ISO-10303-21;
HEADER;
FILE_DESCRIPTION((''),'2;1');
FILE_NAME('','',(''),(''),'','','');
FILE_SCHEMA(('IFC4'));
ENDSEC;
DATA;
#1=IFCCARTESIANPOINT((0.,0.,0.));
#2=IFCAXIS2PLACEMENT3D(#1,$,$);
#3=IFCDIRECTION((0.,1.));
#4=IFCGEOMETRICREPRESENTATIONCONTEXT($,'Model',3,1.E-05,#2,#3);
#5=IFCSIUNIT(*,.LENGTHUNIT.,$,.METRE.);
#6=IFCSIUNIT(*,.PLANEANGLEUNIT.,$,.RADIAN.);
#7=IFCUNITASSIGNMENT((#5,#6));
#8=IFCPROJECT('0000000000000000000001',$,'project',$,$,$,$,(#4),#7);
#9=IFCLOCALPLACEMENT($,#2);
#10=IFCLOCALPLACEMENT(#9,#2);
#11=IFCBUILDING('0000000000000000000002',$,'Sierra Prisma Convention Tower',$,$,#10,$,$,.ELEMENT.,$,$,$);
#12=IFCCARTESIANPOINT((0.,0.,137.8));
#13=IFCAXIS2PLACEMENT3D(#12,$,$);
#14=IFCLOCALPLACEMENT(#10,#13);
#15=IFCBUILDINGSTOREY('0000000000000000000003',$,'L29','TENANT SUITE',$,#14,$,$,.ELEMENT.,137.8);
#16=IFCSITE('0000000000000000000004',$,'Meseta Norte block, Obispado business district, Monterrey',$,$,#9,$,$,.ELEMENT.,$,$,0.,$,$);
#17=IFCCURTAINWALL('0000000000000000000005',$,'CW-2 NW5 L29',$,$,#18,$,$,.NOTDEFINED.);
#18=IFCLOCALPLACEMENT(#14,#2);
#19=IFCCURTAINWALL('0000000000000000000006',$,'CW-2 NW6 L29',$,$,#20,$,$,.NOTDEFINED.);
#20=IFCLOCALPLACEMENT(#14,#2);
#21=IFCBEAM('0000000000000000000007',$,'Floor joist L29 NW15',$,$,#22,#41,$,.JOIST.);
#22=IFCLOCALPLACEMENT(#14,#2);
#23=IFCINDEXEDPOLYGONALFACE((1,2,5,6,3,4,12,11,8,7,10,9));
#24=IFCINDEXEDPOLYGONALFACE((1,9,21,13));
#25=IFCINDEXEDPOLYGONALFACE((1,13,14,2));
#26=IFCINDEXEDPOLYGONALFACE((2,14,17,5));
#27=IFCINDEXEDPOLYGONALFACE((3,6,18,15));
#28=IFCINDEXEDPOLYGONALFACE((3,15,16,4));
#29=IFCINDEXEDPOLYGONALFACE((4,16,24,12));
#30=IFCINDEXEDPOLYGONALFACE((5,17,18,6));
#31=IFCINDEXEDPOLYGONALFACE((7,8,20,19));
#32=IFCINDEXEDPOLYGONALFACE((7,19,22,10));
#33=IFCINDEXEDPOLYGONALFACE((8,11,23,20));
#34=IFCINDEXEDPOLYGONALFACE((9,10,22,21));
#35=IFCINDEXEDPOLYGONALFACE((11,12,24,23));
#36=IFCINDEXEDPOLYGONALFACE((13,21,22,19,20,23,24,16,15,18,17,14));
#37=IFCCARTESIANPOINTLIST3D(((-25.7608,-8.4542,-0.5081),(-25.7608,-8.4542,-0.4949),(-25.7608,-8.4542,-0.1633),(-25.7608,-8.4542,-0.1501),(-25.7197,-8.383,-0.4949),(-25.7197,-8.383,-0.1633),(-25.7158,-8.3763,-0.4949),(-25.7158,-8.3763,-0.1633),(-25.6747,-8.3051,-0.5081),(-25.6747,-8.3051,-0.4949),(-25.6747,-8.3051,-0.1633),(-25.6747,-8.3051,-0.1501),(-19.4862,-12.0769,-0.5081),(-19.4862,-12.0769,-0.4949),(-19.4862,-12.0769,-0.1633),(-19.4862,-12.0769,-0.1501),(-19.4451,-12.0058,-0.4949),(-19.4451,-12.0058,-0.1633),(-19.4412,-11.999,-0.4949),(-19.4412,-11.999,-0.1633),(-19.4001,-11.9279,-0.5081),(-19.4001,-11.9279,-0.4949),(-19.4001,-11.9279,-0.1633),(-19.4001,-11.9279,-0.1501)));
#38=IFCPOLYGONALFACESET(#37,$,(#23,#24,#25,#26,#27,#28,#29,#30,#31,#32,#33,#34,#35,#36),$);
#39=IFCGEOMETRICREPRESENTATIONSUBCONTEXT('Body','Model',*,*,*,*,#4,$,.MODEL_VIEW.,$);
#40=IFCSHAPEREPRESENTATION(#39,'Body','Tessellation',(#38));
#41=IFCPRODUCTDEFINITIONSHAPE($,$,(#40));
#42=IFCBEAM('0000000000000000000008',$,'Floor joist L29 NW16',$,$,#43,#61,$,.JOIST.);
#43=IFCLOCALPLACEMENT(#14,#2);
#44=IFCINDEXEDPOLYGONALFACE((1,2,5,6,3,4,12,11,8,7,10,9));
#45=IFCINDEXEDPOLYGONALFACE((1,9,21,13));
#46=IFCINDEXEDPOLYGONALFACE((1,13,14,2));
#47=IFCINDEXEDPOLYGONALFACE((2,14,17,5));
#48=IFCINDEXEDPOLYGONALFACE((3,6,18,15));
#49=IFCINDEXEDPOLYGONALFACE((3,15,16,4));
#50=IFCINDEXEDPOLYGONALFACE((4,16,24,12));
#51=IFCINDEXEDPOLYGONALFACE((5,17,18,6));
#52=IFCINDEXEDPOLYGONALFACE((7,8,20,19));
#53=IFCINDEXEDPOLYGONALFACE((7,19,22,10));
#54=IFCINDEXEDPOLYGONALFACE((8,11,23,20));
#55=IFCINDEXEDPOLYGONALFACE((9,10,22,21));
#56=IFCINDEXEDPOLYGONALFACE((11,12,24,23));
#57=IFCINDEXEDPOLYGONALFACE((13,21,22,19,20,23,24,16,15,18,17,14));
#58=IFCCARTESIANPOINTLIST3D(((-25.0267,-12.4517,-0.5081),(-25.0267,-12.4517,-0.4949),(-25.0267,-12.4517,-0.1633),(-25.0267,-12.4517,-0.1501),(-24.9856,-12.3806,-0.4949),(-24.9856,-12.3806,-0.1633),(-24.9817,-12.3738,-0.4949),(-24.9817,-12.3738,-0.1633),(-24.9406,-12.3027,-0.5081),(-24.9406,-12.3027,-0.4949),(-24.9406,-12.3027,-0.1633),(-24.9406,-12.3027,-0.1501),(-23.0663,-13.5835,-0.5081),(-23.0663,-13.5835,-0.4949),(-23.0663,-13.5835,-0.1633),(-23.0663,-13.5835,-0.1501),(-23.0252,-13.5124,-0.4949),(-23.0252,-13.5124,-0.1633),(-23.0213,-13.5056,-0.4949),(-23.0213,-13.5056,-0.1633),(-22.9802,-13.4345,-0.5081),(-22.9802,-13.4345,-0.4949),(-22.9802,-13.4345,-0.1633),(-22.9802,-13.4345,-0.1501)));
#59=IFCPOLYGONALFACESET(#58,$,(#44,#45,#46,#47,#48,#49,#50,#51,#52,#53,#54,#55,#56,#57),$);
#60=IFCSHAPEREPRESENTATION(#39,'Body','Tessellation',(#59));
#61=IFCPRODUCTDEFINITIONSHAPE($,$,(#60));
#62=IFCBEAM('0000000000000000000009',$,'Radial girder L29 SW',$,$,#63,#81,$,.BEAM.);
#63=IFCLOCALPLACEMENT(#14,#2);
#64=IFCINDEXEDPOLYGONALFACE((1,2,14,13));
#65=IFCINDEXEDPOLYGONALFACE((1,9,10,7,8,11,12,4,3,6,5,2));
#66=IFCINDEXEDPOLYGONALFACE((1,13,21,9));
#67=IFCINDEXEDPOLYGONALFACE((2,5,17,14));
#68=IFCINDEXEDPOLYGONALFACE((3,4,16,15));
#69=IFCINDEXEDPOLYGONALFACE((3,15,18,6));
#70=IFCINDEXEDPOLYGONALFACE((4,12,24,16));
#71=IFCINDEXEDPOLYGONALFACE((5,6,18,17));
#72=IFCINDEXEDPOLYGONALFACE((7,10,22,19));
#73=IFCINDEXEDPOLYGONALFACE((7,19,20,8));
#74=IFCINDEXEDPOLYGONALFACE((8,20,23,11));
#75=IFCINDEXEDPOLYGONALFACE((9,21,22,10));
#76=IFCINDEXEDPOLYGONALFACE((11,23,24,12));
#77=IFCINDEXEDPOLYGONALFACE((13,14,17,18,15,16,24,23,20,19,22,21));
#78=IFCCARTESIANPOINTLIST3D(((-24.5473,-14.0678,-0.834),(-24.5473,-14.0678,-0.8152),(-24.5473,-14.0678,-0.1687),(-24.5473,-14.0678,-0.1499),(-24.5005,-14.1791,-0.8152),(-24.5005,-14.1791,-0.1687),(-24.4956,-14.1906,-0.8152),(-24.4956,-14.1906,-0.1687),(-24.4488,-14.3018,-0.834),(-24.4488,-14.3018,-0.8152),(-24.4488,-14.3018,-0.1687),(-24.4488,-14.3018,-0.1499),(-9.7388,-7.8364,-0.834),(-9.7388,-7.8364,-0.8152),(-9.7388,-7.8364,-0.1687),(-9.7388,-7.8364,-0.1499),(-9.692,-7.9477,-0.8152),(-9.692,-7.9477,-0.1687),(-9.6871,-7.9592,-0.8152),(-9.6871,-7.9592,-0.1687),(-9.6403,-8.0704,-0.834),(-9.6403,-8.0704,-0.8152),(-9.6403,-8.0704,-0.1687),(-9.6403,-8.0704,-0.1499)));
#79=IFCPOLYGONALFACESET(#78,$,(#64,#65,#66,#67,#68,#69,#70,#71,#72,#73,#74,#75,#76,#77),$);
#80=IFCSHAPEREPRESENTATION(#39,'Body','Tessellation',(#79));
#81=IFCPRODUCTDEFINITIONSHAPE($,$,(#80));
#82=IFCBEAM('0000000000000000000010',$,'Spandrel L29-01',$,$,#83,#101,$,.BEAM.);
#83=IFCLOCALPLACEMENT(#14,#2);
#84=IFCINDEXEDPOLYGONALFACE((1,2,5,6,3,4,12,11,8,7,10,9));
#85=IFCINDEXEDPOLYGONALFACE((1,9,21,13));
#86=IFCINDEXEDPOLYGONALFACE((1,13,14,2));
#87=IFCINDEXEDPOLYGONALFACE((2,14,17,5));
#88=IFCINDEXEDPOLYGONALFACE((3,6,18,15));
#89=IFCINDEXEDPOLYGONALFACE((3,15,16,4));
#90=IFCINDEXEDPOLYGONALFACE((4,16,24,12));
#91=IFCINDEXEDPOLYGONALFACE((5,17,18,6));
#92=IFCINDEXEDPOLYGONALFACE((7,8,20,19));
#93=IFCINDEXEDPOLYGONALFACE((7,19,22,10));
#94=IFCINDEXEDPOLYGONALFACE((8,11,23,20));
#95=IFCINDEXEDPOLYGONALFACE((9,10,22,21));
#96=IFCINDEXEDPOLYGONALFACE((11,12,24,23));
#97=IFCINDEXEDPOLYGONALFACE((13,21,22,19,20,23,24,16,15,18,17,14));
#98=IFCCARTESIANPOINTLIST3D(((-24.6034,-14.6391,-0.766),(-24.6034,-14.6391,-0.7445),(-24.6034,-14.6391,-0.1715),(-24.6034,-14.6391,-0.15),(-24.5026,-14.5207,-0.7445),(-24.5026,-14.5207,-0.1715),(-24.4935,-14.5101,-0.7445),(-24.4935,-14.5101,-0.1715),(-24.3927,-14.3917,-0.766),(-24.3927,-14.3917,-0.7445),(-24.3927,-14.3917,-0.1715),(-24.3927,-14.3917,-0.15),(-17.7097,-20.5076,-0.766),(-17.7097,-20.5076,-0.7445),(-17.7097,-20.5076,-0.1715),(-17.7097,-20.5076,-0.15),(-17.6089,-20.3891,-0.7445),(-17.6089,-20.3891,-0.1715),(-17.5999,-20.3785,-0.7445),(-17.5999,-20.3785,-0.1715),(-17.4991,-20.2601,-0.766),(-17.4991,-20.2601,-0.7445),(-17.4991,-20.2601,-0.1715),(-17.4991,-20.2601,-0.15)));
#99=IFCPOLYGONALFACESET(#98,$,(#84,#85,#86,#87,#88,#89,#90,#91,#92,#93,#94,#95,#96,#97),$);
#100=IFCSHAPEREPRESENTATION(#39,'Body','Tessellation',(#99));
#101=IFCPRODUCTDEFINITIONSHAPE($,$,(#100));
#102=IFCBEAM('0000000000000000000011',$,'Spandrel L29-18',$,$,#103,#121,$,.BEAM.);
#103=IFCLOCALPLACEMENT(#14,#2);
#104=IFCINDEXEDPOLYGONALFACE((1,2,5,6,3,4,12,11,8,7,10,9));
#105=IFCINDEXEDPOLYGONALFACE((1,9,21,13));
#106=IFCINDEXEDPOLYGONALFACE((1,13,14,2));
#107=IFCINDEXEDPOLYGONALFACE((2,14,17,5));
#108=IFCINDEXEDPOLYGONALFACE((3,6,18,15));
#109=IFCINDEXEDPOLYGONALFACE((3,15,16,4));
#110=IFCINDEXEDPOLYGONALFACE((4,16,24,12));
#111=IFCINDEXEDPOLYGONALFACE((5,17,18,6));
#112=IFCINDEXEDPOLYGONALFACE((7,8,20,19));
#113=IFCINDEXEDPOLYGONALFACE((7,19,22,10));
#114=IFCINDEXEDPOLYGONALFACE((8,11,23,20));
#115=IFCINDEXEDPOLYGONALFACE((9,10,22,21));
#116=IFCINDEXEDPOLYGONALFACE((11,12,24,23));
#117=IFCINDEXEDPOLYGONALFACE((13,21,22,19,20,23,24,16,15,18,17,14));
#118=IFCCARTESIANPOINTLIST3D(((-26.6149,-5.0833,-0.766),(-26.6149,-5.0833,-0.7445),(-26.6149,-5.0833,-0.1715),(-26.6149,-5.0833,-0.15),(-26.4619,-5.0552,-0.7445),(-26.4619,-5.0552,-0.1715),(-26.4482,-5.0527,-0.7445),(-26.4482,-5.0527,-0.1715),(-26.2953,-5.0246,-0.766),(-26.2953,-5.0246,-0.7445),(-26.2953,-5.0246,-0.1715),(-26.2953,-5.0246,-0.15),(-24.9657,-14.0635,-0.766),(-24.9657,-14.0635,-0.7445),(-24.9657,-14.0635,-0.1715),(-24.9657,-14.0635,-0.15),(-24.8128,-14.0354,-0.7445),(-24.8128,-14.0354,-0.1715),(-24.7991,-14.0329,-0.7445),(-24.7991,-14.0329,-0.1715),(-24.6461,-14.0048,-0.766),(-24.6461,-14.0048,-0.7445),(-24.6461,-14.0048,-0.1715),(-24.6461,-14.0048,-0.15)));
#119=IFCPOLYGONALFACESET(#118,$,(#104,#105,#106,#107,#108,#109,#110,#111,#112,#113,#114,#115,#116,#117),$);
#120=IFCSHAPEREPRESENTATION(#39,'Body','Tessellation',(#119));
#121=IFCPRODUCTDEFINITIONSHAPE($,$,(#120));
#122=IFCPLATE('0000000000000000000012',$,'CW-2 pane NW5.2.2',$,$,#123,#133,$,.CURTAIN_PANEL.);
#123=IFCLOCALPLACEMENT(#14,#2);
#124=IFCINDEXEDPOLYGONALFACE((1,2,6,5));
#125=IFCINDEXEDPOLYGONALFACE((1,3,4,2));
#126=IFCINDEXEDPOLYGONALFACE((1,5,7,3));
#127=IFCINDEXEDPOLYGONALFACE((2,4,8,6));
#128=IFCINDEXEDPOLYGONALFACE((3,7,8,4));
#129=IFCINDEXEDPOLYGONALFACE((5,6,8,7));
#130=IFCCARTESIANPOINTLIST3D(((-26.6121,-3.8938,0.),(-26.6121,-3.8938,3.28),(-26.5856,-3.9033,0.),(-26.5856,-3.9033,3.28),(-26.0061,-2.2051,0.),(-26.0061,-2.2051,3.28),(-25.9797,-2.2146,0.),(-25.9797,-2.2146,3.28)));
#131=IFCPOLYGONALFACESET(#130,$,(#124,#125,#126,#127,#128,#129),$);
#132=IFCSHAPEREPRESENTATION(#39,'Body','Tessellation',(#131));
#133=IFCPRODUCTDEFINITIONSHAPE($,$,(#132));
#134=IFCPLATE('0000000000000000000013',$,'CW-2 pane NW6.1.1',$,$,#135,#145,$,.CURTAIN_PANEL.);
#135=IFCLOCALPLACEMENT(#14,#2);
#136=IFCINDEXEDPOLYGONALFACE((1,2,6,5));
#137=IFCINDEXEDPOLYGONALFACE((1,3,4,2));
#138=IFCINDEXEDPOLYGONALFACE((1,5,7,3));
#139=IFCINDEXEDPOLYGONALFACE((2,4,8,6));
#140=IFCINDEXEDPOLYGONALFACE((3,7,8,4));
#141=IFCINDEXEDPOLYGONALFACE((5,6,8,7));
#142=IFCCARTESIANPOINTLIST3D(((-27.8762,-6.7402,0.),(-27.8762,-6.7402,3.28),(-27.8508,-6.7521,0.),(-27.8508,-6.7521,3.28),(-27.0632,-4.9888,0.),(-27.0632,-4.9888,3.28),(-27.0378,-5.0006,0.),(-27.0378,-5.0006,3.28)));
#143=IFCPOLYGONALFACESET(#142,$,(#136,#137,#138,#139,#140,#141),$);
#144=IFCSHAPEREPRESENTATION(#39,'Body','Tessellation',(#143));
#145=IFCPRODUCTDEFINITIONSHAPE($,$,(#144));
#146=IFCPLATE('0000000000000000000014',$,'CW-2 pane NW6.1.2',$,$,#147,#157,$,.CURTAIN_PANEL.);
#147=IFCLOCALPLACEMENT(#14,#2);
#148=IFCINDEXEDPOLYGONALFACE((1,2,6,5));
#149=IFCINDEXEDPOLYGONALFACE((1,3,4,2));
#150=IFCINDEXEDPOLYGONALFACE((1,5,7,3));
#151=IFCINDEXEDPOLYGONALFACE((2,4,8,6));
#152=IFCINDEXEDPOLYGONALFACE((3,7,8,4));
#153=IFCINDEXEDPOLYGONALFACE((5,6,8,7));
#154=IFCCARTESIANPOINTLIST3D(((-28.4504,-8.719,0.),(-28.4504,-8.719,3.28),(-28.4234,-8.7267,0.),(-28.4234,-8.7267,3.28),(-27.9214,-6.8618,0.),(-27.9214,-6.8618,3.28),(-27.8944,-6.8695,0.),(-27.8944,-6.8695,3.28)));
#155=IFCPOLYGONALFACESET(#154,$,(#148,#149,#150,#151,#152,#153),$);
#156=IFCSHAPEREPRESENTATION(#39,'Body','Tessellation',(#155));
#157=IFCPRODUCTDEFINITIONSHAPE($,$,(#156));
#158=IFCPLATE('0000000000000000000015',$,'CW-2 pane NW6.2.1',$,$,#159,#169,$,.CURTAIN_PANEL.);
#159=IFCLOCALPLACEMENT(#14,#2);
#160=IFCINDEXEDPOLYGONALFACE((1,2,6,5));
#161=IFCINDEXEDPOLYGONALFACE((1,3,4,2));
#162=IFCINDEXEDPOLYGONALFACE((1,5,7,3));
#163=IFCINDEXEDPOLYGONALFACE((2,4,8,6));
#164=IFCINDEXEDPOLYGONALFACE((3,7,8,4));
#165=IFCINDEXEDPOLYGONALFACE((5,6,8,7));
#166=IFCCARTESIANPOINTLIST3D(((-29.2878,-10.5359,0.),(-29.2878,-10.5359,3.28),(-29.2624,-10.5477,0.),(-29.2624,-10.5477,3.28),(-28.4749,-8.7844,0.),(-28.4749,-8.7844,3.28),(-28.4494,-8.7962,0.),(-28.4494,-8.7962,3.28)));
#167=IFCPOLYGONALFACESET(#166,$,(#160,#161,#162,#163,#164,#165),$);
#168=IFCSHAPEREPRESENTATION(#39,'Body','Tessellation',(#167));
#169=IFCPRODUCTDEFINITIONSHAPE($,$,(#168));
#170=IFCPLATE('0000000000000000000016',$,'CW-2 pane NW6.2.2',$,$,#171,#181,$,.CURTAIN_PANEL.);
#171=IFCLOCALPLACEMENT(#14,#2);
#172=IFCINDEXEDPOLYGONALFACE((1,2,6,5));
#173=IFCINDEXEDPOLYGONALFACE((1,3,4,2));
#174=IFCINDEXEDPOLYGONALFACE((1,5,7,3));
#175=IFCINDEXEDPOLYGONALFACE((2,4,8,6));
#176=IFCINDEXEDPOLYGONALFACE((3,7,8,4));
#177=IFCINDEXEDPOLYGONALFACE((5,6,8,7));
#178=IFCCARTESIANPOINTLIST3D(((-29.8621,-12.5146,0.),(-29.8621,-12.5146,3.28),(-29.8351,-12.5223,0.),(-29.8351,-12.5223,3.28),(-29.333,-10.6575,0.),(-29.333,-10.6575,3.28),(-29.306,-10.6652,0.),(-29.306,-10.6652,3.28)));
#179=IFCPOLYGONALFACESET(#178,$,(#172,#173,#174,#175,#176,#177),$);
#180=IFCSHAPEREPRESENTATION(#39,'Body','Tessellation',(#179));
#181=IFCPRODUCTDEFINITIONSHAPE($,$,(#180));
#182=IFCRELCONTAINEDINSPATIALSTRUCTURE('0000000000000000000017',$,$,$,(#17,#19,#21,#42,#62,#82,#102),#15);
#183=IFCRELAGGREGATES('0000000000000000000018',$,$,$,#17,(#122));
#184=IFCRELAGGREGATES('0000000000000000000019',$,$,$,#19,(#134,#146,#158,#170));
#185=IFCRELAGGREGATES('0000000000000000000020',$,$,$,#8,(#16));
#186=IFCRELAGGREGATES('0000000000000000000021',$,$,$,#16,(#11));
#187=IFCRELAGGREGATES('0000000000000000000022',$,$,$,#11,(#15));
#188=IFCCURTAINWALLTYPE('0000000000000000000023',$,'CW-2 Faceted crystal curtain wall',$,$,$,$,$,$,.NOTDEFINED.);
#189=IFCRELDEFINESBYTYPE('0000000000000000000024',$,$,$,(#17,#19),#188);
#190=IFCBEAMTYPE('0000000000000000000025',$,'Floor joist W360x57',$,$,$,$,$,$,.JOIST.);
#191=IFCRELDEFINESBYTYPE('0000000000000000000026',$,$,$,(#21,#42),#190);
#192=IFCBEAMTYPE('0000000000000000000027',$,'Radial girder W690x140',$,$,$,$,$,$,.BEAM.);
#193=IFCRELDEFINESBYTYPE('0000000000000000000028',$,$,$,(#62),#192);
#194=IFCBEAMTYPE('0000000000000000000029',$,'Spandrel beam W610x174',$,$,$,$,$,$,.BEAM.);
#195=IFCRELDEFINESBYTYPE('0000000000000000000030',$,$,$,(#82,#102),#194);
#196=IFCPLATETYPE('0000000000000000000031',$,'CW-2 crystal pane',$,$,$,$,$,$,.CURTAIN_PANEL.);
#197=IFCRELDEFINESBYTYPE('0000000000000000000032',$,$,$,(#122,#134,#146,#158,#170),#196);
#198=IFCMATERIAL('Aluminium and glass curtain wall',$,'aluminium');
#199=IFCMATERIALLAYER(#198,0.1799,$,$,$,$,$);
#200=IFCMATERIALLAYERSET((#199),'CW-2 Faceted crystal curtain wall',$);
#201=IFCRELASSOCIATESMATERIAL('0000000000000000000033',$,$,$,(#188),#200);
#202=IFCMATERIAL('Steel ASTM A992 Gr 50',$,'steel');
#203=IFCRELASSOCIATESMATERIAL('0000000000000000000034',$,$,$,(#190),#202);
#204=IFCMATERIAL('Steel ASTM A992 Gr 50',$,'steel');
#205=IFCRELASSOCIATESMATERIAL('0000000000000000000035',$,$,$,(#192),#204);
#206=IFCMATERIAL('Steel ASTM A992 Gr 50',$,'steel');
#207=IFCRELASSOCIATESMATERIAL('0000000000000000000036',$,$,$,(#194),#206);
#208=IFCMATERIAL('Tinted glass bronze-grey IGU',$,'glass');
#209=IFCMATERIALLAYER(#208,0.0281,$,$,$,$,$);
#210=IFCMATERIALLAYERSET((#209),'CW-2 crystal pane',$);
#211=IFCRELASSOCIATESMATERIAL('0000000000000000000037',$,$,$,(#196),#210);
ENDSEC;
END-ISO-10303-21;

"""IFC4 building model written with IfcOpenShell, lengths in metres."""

from ifc_helpers import new_model, si_unit, direction, frame, origin, origin_2d, place, context, subcontext, project, spatial, polyline, i_section, outline, extrude, material, layer, layer_set, material_profile, profile_set, type_object, element, aggregate, save


model = new_model("IFC4")

# Units and contexts
model_context = context("Model", 3, precision=1e-05, world=origin(), true_north=direction((0.0, 1.0)))
body_context = subcontext(model_context, "Body", "Model", "MODEL_VIEW")
ifc_project = project(units=[si_unit("LENGTHUNIT", "METRE"), si_unit("PLANEANGLEUNIT", "RADIAN")], contexts=[model_context])

# Site, building, storey
site_placement = place(None, origin())
site = spatial("IfcSite", under=ifc_project, at=site_placement, Name="Meseta Norte block, Obispado business district, Monterrey", CompositionType="ELEMENT", RefElevation=0.0)
building_placement = place(site_placement, origin())
building = spatial("IfcBuilding", under=site, at=building_placement, Name="Sierra Prisma Convention Tower", CompositionType="ELEMENT")
storey_placement = place(building_placement, frame((0.0, 0.0, 137.8)))
storey = spatial("IfcBuildingStorey", under=building, at=storey_placement, Name="L29", Description="TENANT SUITE", CompositionType="ELEMENT", Elevation=137.8)

# Curtain wall
ifc_material_1 = material(Name="Aluminium and glass curtain wall", Category="aluminium")
ifc_layer_1 = layer(ifc_material_1, 0.1799)
ifc_layer_set_1 = layer_set([ifc_layer_1], Name="CW-2 Faceted crystal curtain wall")
curtain_wall_type = type_object("IfcCurtainWallType", Name="CW-2 Faceted crystal curtain wall", PredefinedType="NOTDEFINED", material=ifc_layer_set_1)
curtain_wall_1_placement = place(storey_placement, origin())
curtain_wall_1 = element("IfcCurtainWall", 1, at=curtain_wall_1_placement, inside=storey, type_object=curtain_wall_type, Name="CW-2 NW5 L29", PredefinedType="NOTDEFINED")

# Curtain wall
curtain_wall_2_placement = place(storey_placement, origin())
curtain_wall_2 = element("IfcCurtainWall", 2, at=curtain_wall_2_placement, inside=storey, type_object=curtain_wall_type, Name="CW-2 NW6 L29", PredefinedType="NOTDEFINED")

# Beams
ifc_material_2 = material(Name="Steel ASTM A992 Gr 50", Category="steel")
ifc_material_profile_1 = material_profile(ifc_material_2, i_section(OverallWidth=0.1721, OverallDepth=0.3579, WebThickness=0.0078, FlangeThickness=0.0132, at=origin_2d()), Name="W360x57")
ifc_profile_set_1 = profile_set([ifc_material_profile_1], Name="Steel ASTM A992 Gr 50")
beam_type_1 = type_object("IfcBeamType", Name="Floor joist W360x57", PredefinedType="JOIST", material=ifc_profile_set_1)
beam_1_placement = place(storey_placement, frame((-25.7178, -8.3796, -0.3291), z_axis=(0.866018, -0.500013, 0.0), x_axis=(0.500013, 0.866018, 0.0)))
element("IfcBeam", 3, at=beam_1_placement, inside=storey, type_object=beam_type_1, Name="Floor joist L29 NW15", PredefinedType="JOIST", context=body_context, shape_type="SweptSolid", body=[
    extrude(i_section(OverallWidth=0.1721, OverallDepth=0.3579, WebThickness=0.0078, FlangeThickness=0.0132, at=origin_2d()), origin(), (0.0, 0.0, 1.0), 7.2454),
])
beam_2_placement = place(storey_placement, frame((-24.9836, -12.3772, -0.3291), z_axis=(0.866031, -0.49999, 0.0), x_axis=(0.49999, 0.866031, 0.0)))
element("IfcBeam", 4, at=beam_2_placement, inside=storey, type_object=beam_type_1, Name="Floor joist L29 NW16", PredefinedType="JOIST", context=body_context, shape_type="SweptSolid", body=[
    extrude(i_section(OverallWidth=0.1721, OverallDepth=0.3579, WebThickness=0.0078, FlangeThickness=0.0132, at=origin_2d()), origin(), (0.0, 0.0, 1.0), 2.2637),
])
ifc_material_3 = material(Name="Steel ASTM A992 Gr 50", Category="steel")
ifc_material_profile_2 = material_profile(ifc_material_3, i_section(OverallWidth=0.2539, OverallDepth=0.6841, WebThickness=0.0125, FlangeThickness=0.0188, at=origin_2d()), Name="W690x140")
ifc_profile_set_2 = profile_set([ifc_material_profile_2], Name="Steel ASTM A992 Gr 50")
beam_type_2 = type_object("IfcBeamType", Name="Radial girder W690x140", PredefinedType="BEAM", material=ifc_profile_set_2)
beam_3_placement = place(storey_placement, frame((-24.498, -14.1848, -0.4919), z_axis=(0.921719, 0.387859, 0.0), x_axis=(-0.387859, 0.921719, 0.0)))
element("IfcBeam", 5, at=beam_3_placement, inside=storey, type_object=beam_type_2, Name="Radial girder L29 SW", PredefinedType="BEAM", context=body_context, shape_type="SweptSolid", body=[
    extrude(i_section(OverallWidth=0.2539, OverallDepth=0.6841, WebThickness=0.0125, FlangeThickness=0.0188, at=origin_2d()), origin(), (0.0, 0.0, 1.0), 16.0662),
])
ifc_material_4 = material(Name="Steel ASTM A992 Gr 50", Category="steel")
ifc_material_profile_3 = material_profile(ifc_material_4, i_section(OverallWidth=0.325, OverallDepth=0.616, WebThickness=0.0139, FlangeThickness=0.0215, at=origin_2d()), Name="W610x174")
ifc_profile_set_3 = profile_set([ifc_material_profile_3], Name="Steel ASTM A992 Gr 50")
beam_type_3 = type_object("IfcBeamType", Name="Spandrel beam W610x174", PredefinedType="BEAM", material=ifc_profile_set_3)
beam_4_placement = place(storey_placement, frame((-24.498, -14.5154, -0.458), z_axis=(0.761455, -0.648218, 0.0), x_axis=(0.648218, 0.761455, 0.0)))
element("IfcBeam", 6, at=beam_4_placement, inside=storey, type_object=beam_type_3, Name="Spandrel L29-01", PredefinedType="BEAM", context=body_context, shape_type="SweptSolid", body=[
    extrude(i_section(OverallWidth=0.325, OverallDepth=0.616, WebThickness=0.0139, FlangeThickness=0.0215, at=origin_2d()), origin(), (0.0, 0.0, 1.0), 9.0532),
])
beam_5_placement = place(storey_placement, frame((-26.4551, -5.054, -0.458), z_axis=(0.180624, -0.983552, 0.0), x_axis=(0.983552, 0.180624, 0.0)))
element("IfcBeam", 7, at=beam_5_placement, inside=storey, type_object=beam_type_3, Name="Spandrel L29-18", PredefinedType="BEAM", context=body_context, shape_type="SweptSolid", body=[
    extrude(i_section(OverallWidth=0.325, OverallDepth=0.616, WebThickness=0.0139, FlangeThickness=0.0215, at=origin_2d()), origin(), (0.0, 0.0, 1.0), 9.1304),
])

# Plates
ifc_material_5 = material(Name="Tinted glass bronze-grey IGU", Category="glass")
ifc_layer_2 = layer(ifc_material_5, 0.0281)
ifc_layer_set_2 = layer_set([ifc_layer_2], Name="CW-2 crystal pane")
plate_type = type_object("IfcPlateType", Name="CW-2 crystal pane", PredefinedType="CURTAIN_PANEL", material=ifc_layer_set_2)
plate_1_placement = place(storey_placement, frame((-26.6121, -3.8938, 0.0), z_axis=(-0.941239, 0.337741, 0.0), x_axis=(0.337741, 0.941239, 0.0)))
plate_1 = element("IfcPlate", 8, at=plate_1_placement, type_object=plate_type, Name="CW-2 pane NW5.2.2", PredefinedType="CURTAIN_PANEL", context=body_context, shape_type="SweptSolid", body=[
    extrude(outline(polyline([(0.0, 0.0), (1.7941, 0.0), (1.7941, -3.28), (0.0, -3.28), (0.0, 0.0)])), origin(), (0.0, 0.0, -1.0), 0.0281),
])
aggregate(curtain_wall_1, [plate_1])
plate_2_placement = place(storey_placement, frame((-27.0632, -4.9888, 0.0), z_axis=(-0.907047, 0.42103, 0.0), x_axis=(-0.42103, -0.907047, 0.0)))
plate_2 = element("IfcPlate", 9, at=plate_2_placement, type_object=plate_type, Name="CW-2 pane NW6.1.1", PredefinedType="CURTAIN_PANEL", context=body_context, shape_type="SweptSolid", body=[
    extrude(outline(polyline([(0.0, 0.0), (1.931, 0.0), (1.931, 3.28), (0.0, 3.28), (0.0, 0.0)])), origin(), (0.0, 0.0, -1.0), 0.0281),
])
plate_3_placement = place(storey_placement, frame((-28.4504, -8.719, 0.0), z_axis=(-0.961738, 0.27397, 0.0), x_axis=(0.27397, 0.961738, 0.0)))
plate_3 = element("IfcPlate", 10, at=plate_3_placement, type_object=plate_type, Name="CW-2 pane NW6.1.2", PredefinedType="CURTAIN_PANEL", context=body_context, shape_type="SweptSolid", body=[
    extrude(outline(polyline([(0.0, 0.0), (1.9311, 0.0), (1.9311, -3.28), (0.0, -3.28), (0.0, 0.0)])), origin(), (0.0, 0.0, -1.0), 0.0281),
])
plate_4_placement = place(storey_placement, frame((-28.4749, -8.7844, 0.0), z_axis=(-0.907047, 0.42103, 0.0), x_axis=(-0.42103, -0.907047, 0.0)))
plate_4 = element("IfcPlate", 11, at=plate_4_placement, type_object=plate_type, Name="CW-2 pane NW6.2.1", PredefinedType="CURTAIN_PANEL", context=body_context, shape_type="SweptSolid", body=[
    extrude(outline(polyline([(0.0, 0.0), (1.931, 0.0), (1.931, 3.28), (0.0, 3.28), (0.0, 0.0)])), origin(), (0.0, 0.0, -1.0), 0.0281),
])
plate_5_placement = place(storey_placement, frame((-29.8621, -12.5146, 0.0), z_axis=(-0.961738, 0.27397, 0.0), x_axis=(0.27397, 0.961738, 0.0)))
plate_5 = element("IfcPlate", 12, at=plate_5_placement, type_object=plate_type, Name="CW-2 pane NW6.2.2", PredefinedType="CURTAIN_PANEL", context=body_context, shape_type="SweptSolid", body=[
    extrude(outline(polyline([(0.0, 0.0), (1.9311, 0.0), (1.9311, -3.28), (0.0, -3.28), (0.0, 0.0)])), origin(), (0.0, 0.0, -1.0), 0.0281),
])
aggregate(curtain_wall_2, [plate_2, plate_3, plate_4, plate_5])

save(model, "model.ifc")
